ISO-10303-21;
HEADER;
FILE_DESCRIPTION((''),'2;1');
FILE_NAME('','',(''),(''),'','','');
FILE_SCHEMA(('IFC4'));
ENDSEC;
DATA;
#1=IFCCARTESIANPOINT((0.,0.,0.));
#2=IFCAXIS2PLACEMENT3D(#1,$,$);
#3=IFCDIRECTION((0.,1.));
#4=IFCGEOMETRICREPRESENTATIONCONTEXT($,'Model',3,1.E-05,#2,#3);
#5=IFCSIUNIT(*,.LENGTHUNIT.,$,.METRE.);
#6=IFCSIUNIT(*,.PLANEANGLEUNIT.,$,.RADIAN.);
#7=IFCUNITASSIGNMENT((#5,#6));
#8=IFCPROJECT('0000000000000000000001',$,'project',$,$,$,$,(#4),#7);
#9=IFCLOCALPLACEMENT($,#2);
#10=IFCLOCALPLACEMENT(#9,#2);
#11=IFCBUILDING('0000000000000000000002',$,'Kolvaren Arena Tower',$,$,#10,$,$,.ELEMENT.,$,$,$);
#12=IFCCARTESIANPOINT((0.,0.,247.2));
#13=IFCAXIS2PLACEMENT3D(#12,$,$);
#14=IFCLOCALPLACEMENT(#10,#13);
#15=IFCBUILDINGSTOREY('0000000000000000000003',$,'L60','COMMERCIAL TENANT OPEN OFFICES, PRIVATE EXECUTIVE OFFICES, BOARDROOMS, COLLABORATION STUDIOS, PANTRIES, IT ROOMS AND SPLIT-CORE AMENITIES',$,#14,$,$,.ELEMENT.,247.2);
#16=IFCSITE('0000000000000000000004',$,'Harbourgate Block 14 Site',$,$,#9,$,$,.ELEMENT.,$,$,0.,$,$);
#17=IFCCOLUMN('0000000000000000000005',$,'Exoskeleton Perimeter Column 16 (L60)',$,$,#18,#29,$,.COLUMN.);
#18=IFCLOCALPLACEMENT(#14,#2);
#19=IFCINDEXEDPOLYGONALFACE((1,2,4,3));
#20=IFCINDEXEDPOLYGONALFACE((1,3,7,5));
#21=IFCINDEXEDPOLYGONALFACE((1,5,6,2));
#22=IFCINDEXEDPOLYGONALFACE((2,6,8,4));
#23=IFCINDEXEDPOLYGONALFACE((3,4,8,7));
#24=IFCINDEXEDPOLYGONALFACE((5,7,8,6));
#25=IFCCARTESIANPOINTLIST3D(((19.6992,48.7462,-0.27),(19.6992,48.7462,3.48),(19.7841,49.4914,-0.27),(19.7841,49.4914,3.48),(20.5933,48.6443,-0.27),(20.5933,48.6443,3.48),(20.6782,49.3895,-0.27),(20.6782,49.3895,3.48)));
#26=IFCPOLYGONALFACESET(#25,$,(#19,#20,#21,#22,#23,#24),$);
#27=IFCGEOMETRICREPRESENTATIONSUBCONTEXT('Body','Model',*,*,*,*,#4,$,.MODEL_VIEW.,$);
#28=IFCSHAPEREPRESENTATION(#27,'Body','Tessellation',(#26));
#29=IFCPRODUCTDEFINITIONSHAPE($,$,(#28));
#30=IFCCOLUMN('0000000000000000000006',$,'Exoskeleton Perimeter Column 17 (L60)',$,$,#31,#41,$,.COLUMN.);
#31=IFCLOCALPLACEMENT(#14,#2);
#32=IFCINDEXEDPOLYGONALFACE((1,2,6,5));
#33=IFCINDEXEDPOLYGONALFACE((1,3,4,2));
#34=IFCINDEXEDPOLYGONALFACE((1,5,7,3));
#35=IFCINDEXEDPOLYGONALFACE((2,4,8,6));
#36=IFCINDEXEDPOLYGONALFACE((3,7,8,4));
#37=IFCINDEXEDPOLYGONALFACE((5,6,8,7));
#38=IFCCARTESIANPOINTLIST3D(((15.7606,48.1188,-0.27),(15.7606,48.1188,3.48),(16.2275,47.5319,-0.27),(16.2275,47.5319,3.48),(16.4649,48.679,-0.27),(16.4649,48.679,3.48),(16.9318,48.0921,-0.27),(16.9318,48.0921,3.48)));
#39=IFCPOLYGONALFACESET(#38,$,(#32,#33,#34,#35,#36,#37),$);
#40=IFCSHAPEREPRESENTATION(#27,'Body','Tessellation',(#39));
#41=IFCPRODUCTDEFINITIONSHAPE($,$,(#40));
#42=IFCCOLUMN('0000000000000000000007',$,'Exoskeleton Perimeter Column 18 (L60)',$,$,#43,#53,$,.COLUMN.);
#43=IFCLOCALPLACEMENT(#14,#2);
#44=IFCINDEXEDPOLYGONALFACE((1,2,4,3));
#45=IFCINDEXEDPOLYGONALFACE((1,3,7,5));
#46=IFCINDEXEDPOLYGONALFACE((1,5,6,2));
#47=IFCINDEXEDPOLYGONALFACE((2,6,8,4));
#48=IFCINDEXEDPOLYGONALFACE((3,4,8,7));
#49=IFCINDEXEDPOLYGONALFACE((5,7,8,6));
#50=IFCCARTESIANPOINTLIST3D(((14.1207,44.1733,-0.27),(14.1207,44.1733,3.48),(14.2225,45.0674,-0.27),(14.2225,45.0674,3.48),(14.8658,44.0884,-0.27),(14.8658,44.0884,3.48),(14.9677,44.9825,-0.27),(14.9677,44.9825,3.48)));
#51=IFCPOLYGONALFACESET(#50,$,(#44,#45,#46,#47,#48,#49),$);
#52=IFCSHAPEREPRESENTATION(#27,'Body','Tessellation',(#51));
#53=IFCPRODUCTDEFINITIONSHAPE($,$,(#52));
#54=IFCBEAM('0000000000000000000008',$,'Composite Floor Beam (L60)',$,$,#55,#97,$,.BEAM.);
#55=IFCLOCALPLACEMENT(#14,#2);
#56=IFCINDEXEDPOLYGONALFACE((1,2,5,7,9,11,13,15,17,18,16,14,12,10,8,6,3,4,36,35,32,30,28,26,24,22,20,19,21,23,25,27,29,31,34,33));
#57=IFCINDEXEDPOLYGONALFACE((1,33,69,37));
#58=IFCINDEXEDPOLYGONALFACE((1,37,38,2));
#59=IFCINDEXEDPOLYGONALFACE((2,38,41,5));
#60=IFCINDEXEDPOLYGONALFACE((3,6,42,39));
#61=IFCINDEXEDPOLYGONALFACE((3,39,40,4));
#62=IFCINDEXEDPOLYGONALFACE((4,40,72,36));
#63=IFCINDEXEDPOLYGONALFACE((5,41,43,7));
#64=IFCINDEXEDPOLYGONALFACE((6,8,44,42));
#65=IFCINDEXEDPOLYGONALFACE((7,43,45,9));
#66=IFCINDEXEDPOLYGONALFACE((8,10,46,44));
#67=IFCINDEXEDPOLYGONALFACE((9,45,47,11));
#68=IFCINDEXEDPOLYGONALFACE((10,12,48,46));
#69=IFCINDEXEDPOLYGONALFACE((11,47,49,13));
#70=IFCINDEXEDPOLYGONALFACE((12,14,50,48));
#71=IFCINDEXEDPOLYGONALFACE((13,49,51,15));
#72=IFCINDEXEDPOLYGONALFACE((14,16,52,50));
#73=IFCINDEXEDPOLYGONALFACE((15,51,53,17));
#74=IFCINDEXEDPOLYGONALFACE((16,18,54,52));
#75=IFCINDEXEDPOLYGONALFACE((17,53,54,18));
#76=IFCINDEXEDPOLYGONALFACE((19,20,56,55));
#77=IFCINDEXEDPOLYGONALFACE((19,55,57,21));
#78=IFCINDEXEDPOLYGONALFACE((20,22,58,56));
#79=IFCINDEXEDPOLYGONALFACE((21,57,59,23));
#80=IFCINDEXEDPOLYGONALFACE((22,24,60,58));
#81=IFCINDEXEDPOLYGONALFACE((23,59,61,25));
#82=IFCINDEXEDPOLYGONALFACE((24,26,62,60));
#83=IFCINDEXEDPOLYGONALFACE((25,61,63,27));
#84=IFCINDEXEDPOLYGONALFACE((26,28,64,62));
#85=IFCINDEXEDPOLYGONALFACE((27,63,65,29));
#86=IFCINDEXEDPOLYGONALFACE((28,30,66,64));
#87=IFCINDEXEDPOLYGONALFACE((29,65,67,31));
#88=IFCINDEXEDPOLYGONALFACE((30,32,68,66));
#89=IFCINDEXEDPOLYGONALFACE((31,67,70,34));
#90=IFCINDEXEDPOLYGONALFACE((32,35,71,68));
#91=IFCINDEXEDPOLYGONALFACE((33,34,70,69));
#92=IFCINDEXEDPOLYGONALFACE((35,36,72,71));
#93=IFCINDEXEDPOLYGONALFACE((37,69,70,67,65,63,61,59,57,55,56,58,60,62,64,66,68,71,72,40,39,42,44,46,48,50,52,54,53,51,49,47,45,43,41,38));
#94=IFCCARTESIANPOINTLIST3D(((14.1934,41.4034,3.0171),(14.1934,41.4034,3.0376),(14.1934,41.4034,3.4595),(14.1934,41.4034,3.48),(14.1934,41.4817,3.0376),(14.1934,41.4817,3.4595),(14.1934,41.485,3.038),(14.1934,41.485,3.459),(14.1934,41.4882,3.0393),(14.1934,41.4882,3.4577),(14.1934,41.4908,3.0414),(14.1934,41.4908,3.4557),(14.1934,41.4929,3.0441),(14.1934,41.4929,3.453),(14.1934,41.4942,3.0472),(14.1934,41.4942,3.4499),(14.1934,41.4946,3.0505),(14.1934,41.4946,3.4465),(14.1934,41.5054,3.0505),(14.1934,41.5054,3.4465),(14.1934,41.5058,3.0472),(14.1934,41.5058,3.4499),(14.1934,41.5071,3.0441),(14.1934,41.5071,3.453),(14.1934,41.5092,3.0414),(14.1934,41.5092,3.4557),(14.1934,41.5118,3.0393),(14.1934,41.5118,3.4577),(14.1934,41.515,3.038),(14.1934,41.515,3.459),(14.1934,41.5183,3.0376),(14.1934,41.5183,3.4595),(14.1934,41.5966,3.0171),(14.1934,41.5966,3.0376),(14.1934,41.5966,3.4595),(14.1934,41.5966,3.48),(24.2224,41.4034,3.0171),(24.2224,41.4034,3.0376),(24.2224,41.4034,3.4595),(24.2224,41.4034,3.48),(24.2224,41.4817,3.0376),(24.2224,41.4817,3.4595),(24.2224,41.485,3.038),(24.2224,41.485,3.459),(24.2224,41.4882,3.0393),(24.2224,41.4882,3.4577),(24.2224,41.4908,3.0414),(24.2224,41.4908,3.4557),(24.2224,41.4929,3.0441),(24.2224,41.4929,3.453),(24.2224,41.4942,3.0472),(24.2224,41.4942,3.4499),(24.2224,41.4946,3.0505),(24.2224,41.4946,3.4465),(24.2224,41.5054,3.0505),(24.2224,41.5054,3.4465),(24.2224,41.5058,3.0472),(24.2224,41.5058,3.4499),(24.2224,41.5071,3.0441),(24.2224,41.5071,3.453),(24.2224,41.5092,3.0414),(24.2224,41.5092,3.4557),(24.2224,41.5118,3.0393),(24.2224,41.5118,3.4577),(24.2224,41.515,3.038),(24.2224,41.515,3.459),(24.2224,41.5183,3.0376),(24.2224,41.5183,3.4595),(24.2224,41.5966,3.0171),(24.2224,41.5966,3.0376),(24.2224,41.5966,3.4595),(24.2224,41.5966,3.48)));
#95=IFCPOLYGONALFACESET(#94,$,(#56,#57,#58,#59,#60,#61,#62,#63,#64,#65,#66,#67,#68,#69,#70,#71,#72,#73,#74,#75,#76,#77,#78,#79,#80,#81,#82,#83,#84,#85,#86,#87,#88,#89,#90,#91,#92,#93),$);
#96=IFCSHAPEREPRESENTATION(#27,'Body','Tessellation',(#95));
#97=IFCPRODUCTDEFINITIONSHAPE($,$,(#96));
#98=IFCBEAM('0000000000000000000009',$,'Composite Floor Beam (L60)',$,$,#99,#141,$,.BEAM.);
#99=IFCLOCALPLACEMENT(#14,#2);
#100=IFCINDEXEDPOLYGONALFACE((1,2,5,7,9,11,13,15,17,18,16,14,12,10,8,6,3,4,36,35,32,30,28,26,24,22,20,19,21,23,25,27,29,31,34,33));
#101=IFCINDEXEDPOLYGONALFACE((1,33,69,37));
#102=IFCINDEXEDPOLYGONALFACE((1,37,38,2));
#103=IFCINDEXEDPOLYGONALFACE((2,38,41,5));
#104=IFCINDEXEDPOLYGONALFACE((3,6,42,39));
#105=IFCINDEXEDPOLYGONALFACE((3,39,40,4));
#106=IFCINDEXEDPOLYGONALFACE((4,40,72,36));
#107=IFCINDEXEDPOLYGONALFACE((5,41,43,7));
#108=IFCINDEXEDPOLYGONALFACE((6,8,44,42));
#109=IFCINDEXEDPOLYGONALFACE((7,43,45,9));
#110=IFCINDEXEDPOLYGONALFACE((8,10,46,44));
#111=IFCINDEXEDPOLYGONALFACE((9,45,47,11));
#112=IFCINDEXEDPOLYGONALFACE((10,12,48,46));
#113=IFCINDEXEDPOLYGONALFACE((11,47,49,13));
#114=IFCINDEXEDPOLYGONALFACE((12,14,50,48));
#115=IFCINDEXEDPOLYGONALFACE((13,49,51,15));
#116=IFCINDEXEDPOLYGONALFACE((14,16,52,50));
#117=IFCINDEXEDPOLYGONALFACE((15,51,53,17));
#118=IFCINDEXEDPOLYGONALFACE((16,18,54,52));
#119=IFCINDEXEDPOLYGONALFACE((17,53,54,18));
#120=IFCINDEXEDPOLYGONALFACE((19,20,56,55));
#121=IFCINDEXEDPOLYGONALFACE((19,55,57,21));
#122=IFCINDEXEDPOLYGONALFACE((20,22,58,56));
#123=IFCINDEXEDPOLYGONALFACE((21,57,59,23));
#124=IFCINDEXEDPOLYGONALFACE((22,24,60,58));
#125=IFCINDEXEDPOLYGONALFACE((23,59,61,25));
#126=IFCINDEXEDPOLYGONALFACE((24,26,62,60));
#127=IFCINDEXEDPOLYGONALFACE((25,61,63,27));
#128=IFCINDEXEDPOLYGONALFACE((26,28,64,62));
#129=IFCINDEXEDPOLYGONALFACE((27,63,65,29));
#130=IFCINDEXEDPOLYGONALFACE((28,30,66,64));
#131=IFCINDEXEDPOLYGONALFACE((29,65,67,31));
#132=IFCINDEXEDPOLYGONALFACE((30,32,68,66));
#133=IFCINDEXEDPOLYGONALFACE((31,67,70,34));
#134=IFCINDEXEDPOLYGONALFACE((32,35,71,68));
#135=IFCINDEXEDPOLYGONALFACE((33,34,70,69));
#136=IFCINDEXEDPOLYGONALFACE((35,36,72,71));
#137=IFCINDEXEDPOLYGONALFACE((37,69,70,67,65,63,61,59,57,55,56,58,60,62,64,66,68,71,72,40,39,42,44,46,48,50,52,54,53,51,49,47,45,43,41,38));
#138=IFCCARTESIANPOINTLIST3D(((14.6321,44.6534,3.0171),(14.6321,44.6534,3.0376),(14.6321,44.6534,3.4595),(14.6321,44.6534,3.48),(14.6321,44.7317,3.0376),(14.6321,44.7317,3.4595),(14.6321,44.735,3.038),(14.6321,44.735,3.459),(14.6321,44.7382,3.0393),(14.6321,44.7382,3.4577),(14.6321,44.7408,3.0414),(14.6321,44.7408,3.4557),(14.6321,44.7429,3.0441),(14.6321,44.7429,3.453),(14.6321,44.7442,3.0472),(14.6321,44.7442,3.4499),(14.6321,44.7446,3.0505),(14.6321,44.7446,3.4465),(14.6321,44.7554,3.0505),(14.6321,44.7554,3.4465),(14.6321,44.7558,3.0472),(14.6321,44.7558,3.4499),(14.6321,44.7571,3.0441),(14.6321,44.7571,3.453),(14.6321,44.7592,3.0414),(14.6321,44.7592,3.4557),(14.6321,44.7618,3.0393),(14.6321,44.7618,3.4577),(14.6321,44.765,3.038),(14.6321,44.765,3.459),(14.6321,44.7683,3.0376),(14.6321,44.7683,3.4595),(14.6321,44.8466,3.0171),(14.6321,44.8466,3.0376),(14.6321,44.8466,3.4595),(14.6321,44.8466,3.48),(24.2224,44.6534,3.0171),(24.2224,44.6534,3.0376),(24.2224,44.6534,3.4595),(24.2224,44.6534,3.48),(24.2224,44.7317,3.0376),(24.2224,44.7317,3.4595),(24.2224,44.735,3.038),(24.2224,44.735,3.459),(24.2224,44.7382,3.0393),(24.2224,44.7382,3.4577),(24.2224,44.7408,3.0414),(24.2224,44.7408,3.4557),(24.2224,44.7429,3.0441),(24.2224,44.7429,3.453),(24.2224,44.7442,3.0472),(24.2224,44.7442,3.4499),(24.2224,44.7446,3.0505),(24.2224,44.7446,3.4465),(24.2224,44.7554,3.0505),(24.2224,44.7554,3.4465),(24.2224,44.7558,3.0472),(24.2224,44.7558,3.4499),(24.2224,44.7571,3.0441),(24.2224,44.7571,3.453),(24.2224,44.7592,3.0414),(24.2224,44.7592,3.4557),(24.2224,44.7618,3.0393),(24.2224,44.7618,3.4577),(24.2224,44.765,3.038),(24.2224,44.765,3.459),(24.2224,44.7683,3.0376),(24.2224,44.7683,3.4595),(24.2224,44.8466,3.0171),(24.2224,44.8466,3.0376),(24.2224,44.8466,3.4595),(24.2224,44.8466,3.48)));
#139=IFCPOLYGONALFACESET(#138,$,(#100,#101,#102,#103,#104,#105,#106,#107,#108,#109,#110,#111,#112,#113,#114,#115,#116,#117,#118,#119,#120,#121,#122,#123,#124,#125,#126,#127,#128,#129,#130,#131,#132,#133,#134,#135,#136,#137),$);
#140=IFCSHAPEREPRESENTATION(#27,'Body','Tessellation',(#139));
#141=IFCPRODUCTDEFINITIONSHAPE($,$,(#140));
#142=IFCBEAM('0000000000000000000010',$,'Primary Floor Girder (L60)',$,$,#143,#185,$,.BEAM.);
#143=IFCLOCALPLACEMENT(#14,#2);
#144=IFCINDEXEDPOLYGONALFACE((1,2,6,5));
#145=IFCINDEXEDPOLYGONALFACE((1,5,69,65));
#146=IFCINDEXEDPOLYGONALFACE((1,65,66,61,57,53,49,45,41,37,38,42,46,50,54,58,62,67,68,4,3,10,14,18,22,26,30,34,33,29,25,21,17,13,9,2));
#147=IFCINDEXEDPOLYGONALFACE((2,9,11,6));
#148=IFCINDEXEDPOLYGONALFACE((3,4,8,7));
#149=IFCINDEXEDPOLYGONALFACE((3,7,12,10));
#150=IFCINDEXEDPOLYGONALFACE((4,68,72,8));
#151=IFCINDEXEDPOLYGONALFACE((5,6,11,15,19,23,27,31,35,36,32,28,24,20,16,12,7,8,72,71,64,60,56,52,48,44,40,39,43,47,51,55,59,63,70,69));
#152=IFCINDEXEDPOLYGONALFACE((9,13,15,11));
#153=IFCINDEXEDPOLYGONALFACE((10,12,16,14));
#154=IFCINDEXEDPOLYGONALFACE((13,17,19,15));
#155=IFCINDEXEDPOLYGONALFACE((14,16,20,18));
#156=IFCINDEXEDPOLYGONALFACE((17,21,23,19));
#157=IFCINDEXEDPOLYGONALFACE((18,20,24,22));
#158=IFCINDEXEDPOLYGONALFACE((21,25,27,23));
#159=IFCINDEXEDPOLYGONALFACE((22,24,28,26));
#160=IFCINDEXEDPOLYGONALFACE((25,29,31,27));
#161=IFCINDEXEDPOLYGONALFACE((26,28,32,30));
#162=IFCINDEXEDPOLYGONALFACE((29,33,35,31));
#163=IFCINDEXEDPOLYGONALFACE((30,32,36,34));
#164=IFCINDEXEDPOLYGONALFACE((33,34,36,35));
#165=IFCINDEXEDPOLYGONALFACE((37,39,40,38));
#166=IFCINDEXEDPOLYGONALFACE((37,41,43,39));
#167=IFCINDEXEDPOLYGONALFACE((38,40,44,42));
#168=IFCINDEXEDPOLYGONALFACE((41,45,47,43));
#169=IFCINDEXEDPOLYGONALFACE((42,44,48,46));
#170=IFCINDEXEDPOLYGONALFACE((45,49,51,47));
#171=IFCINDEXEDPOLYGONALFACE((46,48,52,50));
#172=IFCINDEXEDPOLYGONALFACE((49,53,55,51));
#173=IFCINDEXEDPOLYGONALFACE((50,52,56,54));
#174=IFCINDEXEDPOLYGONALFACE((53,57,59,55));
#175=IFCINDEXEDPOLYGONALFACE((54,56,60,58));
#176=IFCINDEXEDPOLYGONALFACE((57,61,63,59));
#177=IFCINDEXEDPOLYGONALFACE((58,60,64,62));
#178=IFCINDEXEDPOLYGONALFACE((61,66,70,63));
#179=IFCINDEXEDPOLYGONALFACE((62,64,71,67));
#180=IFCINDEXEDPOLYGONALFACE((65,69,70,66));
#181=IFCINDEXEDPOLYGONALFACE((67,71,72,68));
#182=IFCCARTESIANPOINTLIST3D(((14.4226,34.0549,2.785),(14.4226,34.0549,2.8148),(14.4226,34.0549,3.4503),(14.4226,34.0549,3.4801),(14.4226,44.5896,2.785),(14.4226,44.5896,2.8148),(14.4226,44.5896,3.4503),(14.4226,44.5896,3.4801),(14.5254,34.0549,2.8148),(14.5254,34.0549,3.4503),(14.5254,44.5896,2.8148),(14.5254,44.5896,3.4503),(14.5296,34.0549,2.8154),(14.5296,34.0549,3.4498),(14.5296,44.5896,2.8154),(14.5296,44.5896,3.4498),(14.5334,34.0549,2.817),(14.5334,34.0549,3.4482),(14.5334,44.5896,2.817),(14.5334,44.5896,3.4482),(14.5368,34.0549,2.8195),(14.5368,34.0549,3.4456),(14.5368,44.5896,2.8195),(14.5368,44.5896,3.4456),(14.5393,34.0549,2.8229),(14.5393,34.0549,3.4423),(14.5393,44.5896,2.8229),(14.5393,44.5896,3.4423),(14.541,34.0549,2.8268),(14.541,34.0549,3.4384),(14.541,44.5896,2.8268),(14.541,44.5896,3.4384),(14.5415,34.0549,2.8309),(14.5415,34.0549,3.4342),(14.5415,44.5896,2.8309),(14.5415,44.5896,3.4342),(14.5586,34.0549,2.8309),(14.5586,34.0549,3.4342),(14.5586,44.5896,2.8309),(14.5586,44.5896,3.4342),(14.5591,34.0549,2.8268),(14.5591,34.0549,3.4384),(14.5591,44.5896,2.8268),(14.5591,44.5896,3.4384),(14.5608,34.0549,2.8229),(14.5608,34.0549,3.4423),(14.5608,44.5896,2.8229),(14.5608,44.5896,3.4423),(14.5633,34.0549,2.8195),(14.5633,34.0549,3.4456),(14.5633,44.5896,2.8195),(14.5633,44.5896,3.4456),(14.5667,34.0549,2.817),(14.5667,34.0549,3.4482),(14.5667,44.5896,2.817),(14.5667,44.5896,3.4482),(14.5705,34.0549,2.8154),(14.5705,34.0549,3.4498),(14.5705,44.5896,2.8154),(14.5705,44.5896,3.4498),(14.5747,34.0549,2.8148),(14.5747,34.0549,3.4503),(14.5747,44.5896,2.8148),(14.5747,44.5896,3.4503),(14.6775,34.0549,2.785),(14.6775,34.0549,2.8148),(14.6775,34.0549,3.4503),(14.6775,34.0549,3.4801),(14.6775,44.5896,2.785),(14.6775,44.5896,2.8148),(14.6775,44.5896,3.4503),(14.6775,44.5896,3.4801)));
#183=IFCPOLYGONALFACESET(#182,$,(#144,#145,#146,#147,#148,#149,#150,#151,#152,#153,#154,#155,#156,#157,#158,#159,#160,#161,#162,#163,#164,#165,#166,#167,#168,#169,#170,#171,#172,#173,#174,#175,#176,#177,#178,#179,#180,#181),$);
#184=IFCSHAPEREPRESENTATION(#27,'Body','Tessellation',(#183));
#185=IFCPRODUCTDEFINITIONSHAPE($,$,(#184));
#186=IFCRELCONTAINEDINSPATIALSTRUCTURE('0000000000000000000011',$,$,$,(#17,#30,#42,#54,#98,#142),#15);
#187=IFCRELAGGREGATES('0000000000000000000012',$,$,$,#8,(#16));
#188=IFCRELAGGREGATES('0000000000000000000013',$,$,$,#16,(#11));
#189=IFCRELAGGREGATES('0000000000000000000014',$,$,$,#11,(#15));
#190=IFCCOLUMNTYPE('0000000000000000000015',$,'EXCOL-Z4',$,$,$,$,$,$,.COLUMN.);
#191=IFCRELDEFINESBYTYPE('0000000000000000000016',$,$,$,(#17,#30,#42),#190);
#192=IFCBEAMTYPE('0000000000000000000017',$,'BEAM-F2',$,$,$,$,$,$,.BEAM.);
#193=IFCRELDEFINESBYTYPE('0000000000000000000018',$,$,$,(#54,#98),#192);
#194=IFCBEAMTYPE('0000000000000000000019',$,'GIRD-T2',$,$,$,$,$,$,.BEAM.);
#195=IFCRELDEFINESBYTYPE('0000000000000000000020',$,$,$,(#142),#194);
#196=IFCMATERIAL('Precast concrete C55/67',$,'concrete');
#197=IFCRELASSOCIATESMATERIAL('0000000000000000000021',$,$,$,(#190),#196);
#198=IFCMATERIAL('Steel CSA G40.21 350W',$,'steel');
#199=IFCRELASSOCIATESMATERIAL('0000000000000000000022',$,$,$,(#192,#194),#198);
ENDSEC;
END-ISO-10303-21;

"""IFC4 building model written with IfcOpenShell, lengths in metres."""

from ifc_helpers import new_model, si_unit, direction, frame, origin, origin_2d, place, context, subcontext, project, spatial, rectangle, i_section, extrude, material, material_profile, profile_set, type_object, element, save


model = new_model("IFC4")

# Units and contexts
model_context = context("Model", 3, precision=1e-05, world=origin(), true_north=direction((0.0, 1.0)))
body_context = subcontext(model_context, "Body", "Model", "MODEL_VIEW")
ifc_project = project(units=[si_unit("LENGTHUNIT", "METRE"), si_unit("PLANEANGLEUNIT", "RADIAN")], contexts=[model_context])

# Site, building, storey
site_placement = place(None, origin())
site = spatial("IfcSite", under=ifc_project, at=site_placement, Name="Harbourgate Block 14 Site", CompositionType="ELEMENT", RefElevation=0.0)
building_placement = place(site_placement, origin())
building = spatial("IfcBuilding", under=site, at=building_placement, Name="Kolvaren Arena Tower", CompositionType="ELEMENT")
storey_placement = place(building_placement, frame((0.0, 0.0, 247.2)))
storey = spatial("IfcBuildingStorey", under=building, at=storey_placement, Name="L60", Description="COMMERCIAL TENANT OPEN OFFICES, PRIVATE EXECUTIVE OFFICES, BOARDROOMS, COLLABORATION STUDIOS, PANTRIES, IT ROOMS AND SPLIT-CORE AMENITIES", CompositionType="ELEMENT", Elevation=247.2)

# Columns
ifc_material_1 = material(Name="Precast concrete C55/67", Category="concrete")
ifc_material_profile_1 = material_profile(ifc_material_1, rectangle(XDim=0.8999, YDim=0.75, at=origin_2d()), Name="RC-900x750")
ifc_profile_set_1 = profile_set([ifc_material_profile_1], Name="Precast concrete C55/67")
column_type = type_object("IfcColumnType", Name="EXCOL-Z4", PredefinedType="COLUMN", material=ifc_profile_set_1)
for number, where, z_axis, x_axis, name in (
    (1, (20.1887, 49.0679, -0.27), (0.0, 0.0, 1.0), (0.993572, -0.113203, 0.0), "Exoskeleton Perimeter Column 16 (L60)"),
    (2, (16.3462, 48.1055, -0.27), (0.0, 0.0, 1.0), (0.782608, 0.622515, 0.0), "Exoskeleton Perimeter Column 17 (L60)"),
    (3, (14.5442, 44.5779, -0.27), (0.0, 0.0, 1.0), (0.113203, 0.993572, 0.0), "Exoskeleton Perimeter Column 18 (L60)"),
):
    element("IfcColumn", number, at=place(storey_placement, frame(where, z_axis=z_axis, x_axis=x_axis)), inside=storey, type_object=column_type, Name=name, PredefinedType="COLUMN", context=body_context, shape_type="SweptSolid", body=[
        extrude(rectangle(XDim=0.8999, YDim=0.75, at=origin_2d()), origin(), (0.0, 0.0, 1.0), 3.75),
    ])

# Beams
ifc_material_2 = material(Name="Steel CSA G40.21 350W", Category="steel")
ifc_material_profile_2 = material_profile(ifc_material_2, i_section(OverallWidth=0.1931, OverallDepth=0.4629, WebThickness=0.0107, FlangeThickness=0.0205, FilletRadius=0.0129, at=origin_2d()), Name="W460x113")
ifc_profile_set_2 = profile_set([ifc_material_profile_2], Name="Steel CSA G40.21 350W")
beam_type_1 = type_object("IfcBeamType", Name="BEAM-F2", PredefinedType="BEAM", material=ifc_profile_set_2)
beam_1_placement = place(storey_placement, frame((14.1934, 41.5, 3.2485), z_axis=(1.0, 0.0, 0.0), x_axis=(0.0, 1.0, 0.0)))
element("IfcBeam", 4, at=beam_1_placement, inside=storey, type_object=beam_type_1, Name="Composite Floor Beam (L60)", PredefinedType="BEAM", context=body_context, shape_type="SweptSolid", body=[
    extrude(i_section(OverallWidth=0.1931, OverallDepth=0.4629, WebThickness=0.0107, FlangeThickness=0.0205, FilletRadius=0.0129, at=origin_2d()), origin(), (0.0, 0.0, 1.0), 10.0291),
])
beam_2_placement = place(storey_placement, frame((14.6321, 44.75, 3.2485), z_axis=(1.0, 0.0, 0.0), x_axis=(0.0, 1.0, 0.0)))
element("IfcBeam", 5, at=beam_2_placement, inside=storey, type_object=beam_type_1, Name="Composite Floor Beam (L60)", PredefinedType="BEAM", context=body_context, shape_type="SweptSolid", body=[
    extrude(i_section(OverallWidth=0.1931, OverallDepth=0.4629, WebThickness=0.0107, FlangeThickness=0.0205, FilletRadius=0.0129, at=origin_2d()), origin(), (0.0, 0.0, 1.0), 9.5903),
])
ifc_material_profile_3 = material_profile(ifc_material_2, i_section(OverallWidth=0.2549, OverallDepth=0.6951, WebThickness=0.0171, FlangeThickness=0.0298, FilletRadius=0.0161, at=origin_2d()), Name="W690x217")
ifc_profile_set_3 = profile_set([ifc_material_profile_3], Name="Steel CSA G40.21 350W")
beam_type_2 = type_object("IfcBeamType", Name="GIRD-T2", PredefinedType="BEAM", material=ifc_profile_set_3)
beam_3_placement = place(storey_placement, frame((14.55, 34.0549, 3.1326), z_axis=(0.0, 1.0, 0.0), x_axis=(-1.0, 0.0, 0.0)))
element("IfcBeam", 6, at=beam_3_placement, inside=storey, type_object=beam_type_2, Name="Primary Floor Girder (L60)", PredefinedType="BEAM", context=body_context, shape_type="SweptSolid", body=[
    extrude(i_section(OverallWidth=0.2549, OverallDepth=0.6951, WebThickness=0.0171, FlangeThickness=0.0298, FilletRadius=0.0161, at=origin_2d()), origin(), (0.0, 0.0, 1.0), 10.5347),
])

save(model, "model.ifc")
